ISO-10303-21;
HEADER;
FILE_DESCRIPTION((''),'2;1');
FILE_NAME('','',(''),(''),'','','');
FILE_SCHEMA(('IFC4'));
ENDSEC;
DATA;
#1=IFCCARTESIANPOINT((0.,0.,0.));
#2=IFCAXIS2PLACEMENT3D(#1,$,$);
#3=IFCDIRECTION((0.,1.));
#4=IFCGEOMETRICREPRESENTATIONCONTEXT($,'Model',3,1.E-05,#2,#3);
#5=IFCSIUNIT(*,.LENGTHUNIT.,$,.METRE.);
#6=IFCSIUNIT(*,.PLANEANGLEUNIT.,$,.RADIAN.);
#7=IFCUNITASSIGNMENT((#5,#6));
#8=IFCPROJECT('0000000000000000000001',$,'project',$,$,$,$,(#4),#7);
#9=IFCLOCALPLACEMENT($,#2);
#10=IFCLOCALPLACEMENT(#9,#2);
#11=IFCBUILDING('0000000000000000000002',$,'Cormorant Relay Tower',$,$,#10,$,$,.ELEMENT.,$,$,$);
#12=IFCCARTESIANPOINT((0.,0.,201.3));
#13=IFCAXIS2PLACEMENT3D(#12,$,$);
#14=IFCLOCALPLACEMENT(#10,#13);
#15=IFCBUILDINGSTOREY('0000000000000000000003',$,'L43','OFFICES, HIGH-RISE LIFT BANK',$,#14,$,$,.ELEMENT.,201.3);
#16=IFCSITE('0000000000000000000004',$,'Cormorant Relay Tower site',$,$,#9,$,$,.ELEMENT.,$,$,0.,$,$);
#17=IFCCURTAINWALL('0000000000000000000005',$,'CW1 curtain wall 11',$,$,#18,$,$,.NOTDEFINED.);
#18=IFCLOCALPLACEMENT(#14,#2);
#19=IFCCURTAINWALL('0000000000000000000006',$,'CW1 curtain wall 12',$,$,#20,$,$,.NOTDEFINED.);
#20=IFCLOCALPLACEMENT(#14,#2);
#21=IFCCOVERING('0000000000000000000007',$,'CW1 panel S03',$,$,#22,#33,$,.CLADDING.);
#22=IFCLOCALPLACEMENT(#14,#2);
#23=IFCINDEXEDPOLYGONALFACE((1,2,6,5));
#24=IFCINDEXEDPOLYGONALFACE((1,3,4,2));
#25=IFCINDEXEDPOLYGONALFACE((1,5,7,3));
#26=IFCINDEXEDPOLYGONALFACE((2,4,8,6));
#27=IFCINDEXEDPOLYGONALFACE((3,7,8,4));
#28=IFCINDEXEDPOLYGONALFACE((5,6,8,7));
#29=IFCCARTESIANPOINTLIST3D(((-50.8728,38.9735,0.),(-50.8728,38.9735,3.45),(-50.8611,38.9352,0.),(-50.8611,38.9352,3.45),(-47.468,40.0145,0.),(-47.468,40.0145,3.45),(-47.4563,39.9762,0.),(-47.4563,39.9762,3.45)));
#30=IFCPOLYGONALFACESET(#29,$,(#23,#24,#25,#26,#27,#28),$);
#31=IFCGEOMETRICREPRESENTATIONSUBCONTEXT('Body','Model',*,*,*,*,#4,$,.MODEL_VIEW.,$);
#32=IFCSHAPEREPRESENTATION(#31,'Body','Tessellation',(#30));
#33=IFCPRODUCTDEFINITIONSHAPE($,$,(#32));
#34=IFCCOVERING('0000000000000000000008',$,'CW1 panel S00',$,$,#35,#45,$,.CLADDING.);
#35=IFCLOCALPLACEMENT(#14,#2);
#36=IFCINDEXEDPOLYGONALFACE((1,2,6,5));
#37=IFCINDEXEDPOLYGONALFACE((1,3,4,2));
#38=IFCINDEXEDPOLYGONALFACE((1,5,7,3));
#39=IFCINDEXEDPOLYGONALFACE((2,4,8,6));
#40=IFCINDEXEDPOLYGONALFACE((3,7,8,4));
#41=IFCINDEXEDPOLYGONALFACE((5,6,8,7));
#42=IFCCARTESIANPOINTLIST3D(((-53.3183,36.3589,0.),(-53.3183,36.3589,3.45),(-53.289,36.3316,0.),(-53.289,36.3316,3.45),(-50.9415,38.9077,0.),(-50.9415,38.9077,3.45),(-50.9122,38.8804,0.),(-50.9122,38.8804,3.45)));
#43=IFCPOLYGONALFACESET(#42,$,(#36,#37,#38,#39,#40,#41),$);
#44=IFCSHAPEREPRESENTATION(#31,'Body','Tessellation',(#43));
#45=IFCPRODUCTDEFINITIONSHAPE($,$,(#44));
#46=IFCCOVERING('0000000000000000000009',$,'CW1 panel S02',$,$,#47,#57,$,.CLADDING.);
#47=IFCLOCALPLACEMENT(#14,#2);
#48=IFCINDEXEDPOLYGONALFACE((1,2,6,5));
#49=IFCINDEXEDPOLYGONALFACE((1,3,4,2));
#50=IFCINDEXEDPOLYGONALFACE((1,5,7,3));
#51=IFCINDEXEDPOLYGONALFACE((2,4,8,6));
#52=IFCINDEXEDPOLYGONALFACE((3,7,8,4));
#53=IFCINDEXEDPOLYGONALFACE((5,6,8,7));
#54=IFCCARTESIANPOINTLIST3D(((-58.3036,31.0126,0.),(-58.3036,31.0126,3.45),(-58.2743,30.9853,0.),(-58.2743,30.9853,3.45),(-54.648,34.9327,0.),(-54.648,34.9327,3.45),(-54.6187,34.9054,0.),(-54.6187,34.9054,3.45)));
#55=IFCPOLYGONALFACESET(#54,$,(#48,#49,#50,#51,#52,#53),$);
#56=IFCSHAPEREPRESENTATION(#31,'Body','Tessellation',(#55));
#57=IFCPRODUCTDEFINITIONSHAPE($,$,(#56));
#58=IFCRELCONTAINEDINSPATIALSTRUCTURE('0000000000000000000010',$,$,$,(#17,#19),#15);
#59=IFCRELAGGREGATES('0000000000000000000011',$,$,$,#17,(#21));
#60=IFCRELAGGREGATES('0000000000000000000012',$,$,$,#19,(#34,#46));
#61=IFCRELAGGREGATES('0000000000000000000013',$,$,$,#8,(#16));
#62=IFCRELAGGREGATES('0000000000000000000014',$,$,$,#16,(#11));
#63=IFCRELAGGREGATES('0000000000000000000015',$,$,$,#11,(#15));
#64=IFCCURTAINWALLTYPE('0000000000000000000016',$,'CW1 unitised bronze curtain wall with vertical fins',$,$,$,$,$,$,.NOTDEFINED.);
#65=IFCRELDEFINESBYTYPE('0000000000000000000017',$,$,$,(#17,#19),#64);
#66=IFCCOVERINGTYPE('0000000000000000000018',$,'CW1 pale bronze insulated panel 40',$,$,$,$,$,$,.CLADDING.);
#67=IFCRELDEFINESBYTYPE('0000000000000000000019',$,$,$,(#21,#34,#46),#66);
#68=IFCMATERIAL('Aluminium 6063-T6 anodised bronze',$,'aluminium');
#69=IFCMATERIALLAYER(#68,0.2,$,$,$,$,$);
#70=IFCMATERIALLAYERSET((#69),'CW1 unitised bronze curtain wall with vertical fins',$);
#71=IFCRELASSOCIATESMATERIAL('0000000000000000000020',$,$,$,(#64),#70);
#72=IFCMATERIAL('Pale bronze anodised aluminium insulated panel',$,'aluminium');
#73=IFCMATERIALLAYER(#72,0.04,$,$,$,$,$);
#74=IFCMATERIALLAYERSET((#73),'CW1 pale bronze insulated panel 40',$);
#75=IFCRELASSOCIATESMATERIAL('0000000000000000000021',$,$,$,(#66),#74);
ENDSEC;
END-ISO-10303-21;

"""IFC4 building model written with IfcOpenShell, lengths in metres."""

from ifc_helpers import new_model, si_unit, direction, frame, origin, origin_2d, place, context, subcontext, project, spatial, rectangle, extrude, material, layer, layer_set, type_object, element, aggregate, save


model = new_model("IFC4")

# Units and contexts
model_context = context("Model", 3, precision=1e-05, world=origin(), true_north=direction((0.0, 1.0)))
body_context = subcontext(model_context, "Body", "Model", "MODEL_VIEW")
ifc_project = project(units=[si_unit("LENGTHUNIT", "METRE"), si_unit("PLANEANGLEUNIT", "RADIAN")], contexts=[model_context])

# Site, building, storey
site_placement = place(None, origin())
site = spatial("IfcSite", under=ifc_project, at=site_placement, Name="Cormorant Relay Tower site", CompositionType="ELEMENT", RefElevation=0.0)
building_placement = place(site_placement, origin())
building = spatial("IfcBuilding", under=site, at=building_placement, Name="Cormorant Relay Tower", CompositionType="ELEMENT")
storey_placement = place(building_placement, frame((0.0, 0.0, 201.3)))
storey = spatial("IfcBuildingStorey", under=building, at=storey_placement, Name="L43", Description="OFFICES, HIGH-RISE LIFT BANK", CompositionType="ELEMENT", Elevation=201.3)

# Shared definitions
ifc_material_1 = material(Name="Aluminium 6063-T6 anodised bronze", Category="aluminium")
ifc_layer_1 = layer(ifc_material_1, 0.2)
ifc_layer_set_1 = layer_set([ifc_layer_1], Name="CW1 unitised bronze curtain wall with vertical fins")
curtain_wall_type = type_object("IfcCurtainWallType", Name="CW1 unitised bronze curtain wall with vertical fins", PredefinedType="NOTDEFINED", material=ifc_layer_set_1)

# Curtain walls
curtain_wall_1_placement = place(storey_placement, origin())
curtain_wall_1 = element("IfcCurtainWall", 1, at=curtain_wall_1_placement, inside=storey, type_object=curtain_wall_type, Name="CW1 curtain wall 11", PredefinedType="NOTDEFINED")
curtain_wall_2_placement = place(storey_placement, origin())
curtain_wall_2 = element("IfcCurtainWall", 2, at=curtain_wall_2_placement, inside=storey, type_object=curtain_wall_type, Name="CW1 curtain wall 12", PredefinedType="NOTDEFINED")

# Coverings
ifc_material_2 = material(Name="Pale bronze anodised aluminium insulated panel", Category="aluminium")
ifc_layer_2 = layer(ifc_material_2, 0.04)
ifc_layer_set_2 = layer_set([ifc_layer_2], Name="CW1 pale bronze insulated panel 40")
covering_type = type_object("IfcCoveringType", Name="CW1 pale bronze insulated panel 40", PredefinedType="CLADDING", material=ifc_layer_set_2)
covering_1_placement = place(storey_placement, frame((-49.1646, 39.4749, 0.0), z_axis=(0.0, 0.0, 1.0), x_axis=(-0.956305, -0.292372, 0.0)))
covering_1 = element("IfcCovering", 3, at=covering_1_placement, type_object=covering_type, Name="CW1 panel S03", PredefinedType="CLADDING", context=body_context, shape_type="SweptSolid", body=[
    extrude(rectangle(XDim=3.5603, YDim=0.04, at=origin_2d()), origin(), (0.0, 0.0, 1.0), 3.45),
])
aggregate(curtain_wall_1, [covering_1])
covering_2_placement = place(storey_placement, frame((-52.1152, 37.6196, 0.0), z_axis=(0.0, 0.0, 1.0), x_axis=(-0.681998, -0.731354, 0.0)))
covering_2 = element("IfcCovering", 4, at=covering_2_placement, type_object=covering_type, Name="CW1 panel S00", PredefinedType="CLADDING", context=body_context, shape_type="SweptSolid", body=[
    extrude(rectangle(XDim=3.4851, YDim=0.04, at=origin_2d()), origin(), (0.0, 0.0, 1.0), 3.45),
])
covering_3_placement = place(storey_placement, frame((-56.4612, 32.959, 0.0), z_axis=(0.0, 0.0, 1.0), x_axis=(-0.681998, -0.731354, 0.0)))
covering_3 = element("IfcCovering", 5, at=covering_3_placement, type_object=covering_type, Name="CW1 panel S02", PredefinedType="CLADDING", context=body_context, shape_type="SweptSolid", body=[
    extrude(rectangle(XDim=5.3601, YDim=0.04, at=origin_2d()), origin(), (0.0, 0.0, 1.0), 3.45),
])
aggregate(curtain_wall_2, [covering_2, covering_3])

save(model, "model.ifc")
